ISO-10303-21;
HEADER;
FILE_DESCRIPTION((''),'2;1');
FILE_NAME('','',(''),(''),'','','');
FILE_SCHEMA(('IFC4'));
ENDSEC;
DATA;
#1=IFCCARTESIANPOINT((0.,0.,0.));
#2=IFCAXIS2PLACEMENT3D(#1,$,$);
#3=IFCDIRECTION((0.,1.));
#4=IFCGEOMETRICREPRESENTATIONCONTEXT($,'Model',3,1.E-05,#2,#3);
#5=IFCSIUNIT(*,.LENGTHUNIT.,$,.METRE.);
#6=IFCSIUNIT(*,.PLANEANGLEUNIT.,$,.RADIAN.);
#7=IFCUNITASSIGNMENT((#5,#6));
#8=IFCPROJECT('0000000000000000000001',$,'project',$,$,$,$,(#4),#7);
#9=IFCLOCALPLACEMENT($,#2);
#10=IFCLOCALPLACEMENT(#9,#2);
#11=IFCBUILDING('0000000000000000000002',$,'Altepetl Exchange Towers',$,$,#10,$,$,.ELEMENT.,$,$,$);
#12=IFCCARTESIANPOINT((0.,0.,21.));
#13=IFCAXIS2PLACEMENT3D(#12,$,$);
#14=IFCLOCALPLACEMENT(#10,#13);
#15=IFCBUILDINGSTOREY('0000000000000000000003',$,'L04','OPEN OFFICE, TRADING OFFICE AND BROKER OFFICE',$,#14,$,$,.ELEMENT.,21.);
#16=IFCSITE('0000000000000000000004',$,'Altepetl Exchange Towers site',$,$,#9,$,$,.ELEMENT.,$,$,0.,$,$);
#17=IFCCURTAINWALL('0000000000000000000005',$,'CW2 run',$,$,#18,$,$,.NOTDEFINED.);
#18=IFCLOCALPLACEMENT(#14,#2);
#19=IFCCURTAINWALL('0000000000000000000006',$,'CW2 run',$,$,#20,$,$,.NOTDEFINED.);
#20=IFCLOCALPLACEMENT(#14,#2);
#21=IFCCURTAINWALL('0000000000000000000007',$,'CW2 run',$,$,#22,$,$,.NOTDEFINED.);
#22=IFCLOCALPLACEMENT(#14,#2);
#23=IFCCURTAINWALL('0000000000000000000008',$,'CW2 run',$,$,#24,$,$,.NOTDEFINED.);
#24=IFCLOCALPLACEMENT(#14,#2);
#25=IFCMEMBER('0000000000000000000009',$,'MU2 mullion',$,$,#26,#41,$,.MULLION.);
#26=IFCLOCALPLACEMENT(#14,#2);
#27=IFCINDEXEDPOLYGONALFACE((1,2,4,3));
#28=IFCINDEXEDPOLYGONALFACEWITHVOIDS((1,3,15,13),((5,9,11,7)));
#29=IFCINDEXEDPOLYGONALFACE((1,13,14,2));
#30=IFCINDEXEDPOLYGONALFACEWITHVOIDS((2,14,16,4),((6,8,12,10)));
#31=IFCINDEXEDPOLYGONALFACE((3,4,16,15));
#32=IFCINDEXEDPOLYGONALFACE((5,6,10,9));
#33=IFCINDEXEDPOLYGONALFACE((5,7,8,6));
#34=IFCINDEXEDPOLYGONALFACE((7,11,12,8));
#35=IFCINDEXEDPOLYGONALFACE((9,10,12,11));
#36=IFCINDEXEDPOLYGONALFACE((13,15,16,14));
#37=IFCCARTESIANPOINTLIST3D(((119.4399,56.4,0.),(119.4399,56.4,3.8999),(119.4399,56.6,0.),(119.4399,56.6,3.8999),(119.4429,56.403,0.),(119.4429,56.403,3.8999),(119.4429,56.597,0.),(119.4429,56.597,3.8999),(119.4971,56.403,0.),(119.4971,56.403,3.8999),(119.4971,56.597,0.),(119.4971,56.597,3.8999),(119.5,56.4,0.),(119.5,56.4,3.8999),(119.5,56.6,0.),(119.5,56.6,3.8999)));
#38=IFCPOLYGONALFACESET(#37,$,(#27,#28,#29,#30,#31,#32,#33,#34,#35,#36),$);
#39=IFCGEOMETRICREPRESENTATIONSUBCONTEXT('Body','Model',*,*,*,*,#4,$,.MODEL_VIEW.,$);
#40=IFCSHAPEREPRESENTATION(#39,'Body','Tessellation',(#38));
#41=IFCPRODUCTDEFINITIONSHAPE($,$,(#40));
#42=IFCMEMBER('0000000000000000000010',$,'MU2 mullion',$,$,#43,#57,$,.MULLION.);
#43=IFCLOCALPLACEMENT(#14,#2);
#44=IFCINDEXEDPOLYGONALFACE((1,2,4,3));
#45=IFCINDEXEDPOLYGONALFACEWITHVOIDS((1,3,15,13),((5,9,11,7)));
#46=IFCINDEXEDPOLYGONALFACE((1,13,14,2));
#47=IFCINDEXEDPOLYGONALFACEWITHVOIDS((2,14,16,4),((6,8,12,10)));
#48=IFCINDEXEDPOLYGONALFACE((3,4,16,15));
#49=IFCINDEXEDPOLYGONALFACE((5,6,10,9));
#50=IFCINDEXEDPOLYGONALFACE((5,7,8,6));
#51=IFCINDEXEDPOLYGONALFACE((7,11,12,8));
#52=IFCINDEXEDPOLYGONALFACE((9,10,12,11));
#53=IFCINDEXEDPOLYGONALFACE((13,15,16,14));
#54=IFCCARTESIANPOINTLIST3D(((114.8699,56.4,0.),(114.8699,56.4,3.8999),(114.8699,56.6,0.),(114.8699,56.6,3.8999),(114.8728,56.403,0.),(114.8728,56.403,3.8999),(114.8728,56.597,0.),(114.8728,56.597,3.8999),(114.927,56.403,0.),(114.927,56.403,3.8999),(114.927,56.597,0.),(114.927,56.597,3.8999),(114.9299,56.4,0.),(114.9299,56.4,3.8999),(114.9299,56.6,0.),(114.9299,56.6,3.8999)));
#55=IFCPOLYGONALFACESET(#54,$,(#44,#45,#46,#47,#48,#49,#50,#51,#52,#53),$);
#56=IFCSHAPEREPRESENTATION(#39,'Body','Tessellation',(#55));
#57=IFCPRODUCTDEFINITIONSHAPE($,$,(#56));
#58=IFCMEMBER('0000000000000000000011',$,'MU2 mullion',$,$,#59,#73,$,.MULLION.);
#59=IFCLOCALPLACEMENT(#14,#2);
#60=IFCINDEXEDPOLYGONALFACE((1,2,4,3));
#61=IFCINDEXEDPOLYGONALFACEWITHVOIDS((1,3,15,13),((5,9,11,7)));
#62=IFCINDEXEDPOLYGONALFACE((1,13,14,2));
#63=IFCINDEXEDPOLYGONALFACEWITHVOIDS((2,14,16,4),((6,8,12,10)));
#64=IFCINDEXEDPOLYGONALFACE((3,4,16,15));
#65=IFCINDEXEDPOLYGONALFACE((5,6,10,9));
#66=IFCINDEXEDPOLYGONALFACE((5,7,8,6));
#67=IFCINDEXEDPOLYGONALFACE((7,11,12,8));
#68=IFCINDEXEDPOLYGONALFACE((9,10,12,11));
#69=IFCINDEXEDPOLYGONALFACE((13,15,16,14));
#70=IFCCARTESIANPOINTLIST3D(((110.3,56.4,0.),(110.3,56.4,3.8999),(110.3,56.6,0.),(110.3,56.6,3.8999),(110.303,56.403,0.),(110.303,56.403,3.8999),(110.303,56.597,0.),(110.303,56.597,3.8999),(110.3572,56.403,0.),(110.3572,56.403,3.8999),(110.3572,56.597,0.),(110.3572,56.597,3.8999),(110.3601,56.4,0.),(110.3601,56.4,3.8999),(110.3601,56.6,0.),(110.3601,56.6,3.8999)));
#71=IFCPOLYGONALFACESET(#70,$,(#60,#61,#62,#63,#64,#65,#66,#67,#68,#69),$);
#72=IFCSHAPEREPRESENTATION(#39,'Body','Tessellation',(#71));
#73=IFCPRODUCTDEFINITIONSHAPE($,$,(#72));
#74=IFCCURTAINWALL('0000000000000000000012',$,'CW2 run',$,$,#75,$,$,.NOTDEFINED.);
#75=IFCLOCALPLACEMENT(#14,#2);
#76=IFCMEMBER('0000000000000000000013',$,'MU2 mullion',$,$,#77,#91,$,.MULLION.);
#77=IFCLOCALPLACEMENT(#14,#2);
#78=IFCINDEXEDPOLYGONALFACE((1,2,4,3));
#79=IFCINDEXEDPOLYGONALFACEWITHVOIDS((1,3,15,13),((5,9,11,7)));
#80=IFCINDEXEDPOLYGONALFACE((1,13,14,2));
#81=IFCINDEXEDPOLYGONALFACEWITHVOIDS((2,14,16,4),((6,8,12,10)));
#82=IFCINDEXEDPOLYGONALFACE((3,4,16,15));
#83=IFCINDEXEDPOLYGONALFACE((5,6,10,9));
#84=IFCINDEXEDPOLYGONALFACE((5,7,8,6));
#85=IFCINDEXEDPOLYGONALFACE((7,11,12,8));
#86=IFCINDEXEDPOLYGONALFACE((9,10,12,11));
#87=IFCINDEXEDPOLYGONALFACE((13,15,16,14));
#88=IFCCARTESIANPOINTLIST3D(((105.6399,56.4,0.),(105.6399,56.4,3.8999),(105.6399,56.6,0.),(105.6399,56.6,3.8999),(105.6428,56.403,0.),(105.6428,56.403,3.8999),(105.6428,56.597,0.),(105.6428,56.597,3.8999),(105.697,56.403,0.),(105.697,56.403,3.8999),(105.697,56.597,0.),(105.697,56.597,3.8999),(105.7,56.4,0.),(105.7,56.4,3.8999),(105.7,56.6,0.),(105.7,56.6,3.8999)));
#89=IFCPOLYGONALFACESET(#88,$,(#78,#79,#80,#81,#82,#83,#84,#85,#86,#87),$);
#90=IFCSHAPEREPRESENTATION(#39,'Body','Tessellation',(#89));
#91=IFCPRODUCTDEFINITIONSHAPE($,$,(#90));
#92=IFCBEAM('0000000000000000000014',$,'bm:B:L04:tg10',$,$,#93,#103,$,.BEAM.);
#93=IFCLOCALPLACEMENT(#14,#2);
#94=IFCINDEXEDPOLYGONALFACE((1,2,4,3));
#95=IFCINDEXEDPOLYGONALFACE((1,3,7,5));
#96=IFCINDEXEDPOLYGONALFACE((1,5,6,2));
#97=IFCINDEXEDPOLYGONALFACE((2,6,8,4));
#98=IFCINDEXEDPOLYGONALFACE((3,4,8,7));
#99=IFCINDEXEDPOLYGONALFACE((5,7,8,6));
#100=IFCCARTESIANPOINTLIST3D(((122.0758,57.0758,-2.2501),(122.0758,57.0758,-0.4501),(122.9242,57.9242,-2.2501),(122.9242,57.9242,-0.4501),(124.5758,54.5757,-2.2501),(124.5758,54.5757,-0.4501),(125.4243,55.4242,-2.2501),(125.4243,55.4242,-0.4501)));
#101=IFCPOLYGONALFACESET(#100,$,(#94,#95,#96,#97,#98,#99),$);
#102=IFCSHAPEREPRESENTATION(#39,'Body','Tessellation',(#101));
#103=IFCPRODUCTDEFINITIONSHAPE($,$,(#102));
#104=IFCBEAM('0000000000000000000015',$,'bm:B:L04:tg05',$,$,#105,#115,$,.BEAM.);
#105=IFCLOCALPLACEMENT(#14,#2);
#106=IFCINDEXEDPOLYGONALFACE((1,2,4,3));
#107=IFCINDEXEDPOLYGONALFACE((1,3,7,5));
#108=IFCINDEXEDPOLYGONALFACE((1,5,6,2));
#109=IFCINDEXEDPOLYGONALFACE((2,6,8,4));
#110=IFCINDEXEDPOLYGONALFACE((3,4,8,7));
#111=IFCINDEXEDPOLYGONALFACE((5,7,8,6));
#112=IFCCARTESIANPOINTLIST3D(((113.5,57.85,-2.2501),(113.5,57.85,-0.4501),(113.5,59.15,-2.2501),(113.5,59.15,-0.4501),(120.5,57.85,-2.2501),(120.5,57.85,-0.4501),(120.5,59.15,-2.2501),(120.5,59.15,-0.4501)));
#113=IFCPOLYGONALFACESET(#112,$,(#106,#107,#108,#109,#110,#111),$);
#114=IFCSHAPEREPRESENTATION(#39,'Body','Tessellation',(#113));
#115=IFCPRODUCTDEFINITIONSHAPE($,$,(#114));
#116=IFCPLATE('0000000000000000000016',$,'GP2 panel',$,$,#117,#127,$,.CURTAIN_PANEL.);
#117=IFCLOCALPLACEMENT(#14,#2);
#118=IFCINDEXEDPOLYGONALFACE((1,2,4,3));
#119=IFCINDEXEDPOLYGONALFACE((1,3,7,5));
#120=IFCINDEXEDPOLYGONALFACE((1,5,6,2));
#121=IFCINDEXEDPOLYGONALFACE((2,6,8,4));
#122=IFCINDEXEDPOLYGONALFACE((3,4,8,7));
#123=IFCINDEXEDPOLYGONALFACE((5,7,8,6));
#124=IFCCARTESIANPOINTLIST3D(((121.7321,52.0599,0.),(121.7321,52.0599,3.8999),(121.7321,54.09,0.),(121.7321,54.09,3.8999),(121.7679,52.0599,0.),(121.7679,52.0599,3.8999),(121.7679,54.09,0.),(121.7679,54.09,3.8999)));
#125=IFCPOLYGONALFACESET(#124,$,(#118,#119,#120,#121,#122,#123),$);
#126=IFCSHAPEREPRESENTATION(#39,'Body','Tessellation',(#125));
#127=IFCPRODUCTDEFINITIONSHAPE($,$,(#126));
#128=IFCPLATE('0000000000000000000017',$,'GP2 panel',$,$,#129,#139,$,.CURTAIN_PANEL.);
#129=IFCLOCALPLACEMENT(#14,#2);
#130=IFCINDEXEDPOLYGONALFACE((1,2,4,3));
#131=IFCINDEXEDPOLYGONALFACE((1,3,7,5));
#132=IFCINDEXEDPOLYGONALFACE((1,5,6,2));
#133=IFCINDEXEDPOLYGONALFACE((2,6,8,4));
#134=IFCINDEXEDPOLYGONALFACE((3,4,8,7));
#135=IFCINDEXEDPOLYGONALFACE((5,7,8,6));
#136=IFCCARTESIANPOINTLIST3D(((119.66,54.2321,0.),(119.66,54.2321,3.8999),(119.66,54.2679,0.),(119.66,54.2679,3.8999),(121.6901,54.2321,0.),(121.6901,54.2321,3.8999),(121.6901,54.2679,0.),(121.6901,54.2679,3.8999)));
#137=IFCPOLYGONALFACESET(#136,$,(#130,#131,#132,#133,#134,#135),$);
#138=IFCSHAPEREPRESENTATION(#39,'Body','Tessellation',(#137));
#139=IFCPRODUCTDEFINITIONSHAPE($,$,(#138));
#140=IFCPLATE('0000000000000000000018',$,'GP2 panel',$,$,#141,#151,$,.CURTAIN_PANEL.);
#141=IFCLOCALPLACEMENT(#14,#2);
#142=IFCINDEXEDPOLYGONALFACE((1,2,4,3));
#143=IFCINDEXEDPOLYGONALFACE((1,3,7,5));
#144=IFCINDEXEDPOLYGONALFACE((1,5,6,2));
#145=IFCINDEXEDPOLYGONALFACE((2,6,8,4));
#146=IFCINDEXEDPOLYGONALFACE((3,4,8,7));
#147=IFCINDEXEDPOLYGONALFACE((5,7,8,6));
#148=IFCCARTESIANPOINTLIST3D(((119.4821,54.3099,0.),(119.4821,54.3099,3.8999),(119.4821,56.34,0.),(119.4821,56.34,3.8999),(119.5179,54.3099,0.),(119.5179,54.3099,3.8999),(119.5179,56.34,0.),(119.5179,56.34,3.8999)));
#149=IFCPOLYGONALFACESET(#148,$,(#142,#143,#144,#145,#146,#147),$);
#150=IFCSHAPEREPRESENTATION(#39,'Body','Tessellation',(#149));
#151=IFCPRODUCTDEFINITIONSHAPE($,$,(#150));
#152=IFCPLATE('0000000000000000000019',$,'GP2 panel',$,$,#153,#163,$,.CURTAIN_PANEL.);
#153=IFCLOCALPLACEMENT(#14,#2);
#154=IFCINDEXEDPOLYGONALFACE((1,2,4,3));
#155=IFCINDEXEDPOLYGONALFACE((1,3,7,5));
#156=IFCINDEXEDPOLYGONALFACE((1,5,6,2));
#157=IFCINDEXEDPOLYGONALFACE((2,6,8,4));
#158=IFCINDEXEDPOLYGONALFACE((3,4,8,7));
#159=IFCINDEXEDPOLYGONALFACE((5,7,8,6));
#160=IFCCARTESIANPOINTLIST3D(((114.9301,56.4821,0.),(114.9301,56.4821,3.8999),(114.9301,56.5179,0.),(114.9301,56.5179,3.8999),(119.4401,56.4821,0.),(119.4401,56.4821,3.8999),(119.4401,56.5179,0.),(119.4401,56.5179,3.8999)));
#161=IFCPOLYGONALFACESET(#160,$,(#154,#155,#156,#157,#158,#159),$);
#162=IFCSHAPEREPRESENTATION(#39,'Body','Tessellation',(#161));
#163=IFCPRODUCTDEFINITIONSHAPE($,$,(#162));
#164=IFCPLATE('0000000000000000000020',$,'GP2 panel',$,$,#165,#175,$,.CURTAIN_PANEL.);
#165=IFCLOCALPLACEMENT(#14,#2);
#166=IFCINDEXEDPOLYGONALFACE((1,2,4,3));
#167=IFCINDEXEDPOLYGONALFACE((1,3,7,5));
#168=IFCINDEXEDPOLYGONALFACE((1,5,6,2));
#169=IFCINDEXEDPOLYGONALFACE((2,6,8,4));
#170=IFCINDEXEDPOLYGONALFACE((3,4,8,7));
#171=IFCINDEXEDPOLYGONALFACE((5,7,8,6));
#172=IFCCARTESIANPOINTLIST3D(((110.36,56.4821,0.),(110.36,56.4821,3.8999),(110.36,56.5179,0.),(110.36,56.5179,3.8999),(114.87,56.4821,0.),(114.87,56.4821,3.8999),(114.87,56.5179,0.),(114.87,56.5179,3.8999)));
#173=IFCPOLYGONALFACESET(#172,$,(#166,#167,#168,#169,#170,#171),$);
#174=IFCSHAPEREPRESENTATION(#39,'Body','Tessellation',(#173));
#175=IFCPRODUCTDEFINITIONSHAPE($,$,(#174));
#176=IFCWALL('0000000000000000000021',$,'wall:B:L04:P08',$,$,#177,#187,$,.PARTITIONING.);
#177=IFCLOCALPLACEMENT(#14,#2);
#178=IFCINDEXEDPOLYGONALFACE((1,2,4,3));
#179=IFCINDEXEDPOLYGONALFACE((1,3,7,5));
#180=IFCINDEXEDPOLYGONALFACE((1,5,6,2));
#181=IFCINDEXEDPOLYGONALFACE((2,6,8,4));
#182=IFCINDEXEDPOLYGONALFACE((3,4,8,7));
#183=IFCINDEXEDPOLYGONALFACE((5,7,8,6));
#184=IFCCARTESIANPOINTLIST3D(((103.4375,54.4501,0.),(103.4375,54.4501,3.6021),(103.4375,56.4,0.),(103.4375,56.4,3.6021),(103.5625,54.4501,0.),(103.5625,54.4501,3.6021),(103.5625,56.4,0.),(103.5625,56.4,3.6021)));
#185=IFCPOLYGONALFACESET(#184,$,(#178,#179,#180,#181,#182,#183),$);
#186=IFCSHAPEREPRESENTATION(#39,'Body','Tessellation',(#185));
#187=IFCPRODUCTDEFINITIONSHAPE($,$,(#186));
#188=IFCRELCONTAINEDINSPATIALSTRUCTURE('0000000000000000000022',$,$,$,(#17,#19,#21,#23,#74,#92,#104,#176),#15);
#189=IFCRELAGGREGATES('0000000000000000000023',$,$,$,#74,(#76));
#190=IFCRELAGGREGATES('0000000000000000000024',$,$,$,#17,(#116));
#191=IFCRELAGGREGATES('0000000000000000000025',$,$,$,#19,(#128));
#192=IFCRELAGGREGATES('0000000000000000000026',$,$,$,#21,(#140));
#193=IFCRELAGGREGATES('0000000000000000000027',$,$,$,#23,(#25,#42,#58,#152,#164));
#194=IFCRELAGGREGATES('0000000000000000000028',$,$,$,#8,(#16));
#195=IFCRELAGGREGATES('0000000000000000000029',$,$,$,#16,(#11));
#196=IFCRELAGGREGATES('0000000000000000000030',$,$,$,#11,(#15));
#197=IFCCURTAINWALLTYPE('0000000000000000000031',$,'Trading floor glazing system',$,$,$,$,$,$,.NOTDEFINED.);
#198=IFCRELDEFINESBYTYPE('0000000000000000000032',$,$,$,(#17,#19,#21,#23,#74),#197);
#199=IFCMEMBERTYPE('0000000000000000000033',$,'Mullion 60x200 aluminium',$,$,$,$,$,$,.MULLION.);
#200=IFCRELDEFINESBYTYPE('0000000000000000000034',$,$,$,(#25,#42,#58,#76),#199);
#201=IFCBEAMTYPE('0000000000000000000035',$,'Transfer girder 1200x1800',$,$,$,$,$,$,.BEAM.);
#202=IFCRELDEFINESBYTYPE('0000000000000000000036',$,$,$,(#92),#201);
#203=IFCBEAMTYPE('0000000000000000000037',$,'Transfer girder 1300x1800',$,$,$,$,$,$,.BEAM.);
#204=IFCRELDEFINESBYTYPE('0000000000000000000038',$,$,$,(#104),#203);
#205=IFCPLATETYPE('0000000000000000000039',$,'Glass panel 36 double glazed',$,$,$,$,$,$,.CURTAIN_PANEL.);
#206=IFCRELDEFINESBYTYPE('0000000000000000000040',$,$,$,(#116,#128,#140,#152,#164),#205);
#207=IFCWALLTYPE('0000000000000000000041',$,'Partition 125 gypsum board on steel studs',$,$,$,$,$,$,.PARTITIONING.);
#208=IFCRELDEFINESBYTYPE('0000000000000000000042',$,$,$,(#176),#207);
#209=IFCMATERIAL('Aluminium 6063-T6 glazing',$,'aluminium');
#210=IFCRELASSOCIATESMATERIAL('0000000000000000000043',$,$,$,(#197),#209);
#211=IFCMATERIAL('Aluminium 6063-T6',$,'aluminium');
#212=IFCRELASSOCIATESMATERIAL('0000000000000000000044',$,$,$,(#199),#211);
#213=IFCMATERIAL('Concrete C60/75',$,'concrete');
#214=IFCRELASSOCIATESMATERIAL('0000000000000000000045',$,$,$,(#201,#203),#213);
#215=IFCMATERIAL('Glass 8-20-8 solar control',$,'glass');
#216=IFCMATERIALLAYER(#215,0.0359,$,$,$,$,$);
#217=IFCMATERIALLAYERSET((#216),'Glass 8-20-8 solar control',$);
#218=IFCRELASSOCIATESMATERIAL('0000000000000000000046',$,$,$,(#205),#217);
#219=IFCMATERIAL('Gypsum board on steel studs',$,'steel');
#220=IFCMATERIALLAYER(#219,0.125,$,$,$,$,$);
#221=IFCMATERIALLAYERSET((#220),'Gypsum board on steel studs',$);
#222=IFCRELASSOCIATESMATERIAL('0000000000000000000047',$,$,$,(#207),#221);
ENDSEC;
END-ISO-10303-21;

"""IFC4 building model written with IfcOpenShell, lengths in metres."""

from ifc_helpers import new_model, si_unit, direction, frame, frame_2d, origin, origin_2d, place, context, subcontext, project, spatial, rectangle, hollow_rectangle, extrude, material, layer, layer_set, material_profile, profile_set, type_object, element, aggregate, save


model = new_model("IFC4")

# Units and contexts
model_context = context("Model", 3, precision=1e-05, world=origin(), true_north=direction((0.0, 1.0)))
body_context = subcontext(model_context, "Body", "Model", "MODEL_VIEW")
ifc_project = project(units=[si_unit("LENGTHUNIT", "METRE"), si_unit("PLANEANGLEUNIT", "RADIAN")], contexts=[model_context])

# Site, building, storey
site_placement = place(None, origin())
site = spatial("IfcSite", under=ifc_project, at=site_placement, Name="Altepetl Exchange Towers site", CompositionType="ELEMENT", RefElevation=0.0)
building_placement = place(site_placement, origin())
building = spatial("IfcBuilding", under=site, at=building_placement, Name="Altepetl Exchange Towers", CompositionType="ELEMENT")
storey_placement = place(building_placement, frame((0.0, 0.0, 21.0)))
storey = spatial("IfcBuildingStorey", under=building, at=storey_placement, Name="L04", Description="OPEN OFFICE, TRADING OFFICE AND BROKER OFFICE", CompositionType="ELEMENT", Elevation=21.0)

# Shared definitions
ifc_material_1 = material(Name="Aluminium 6063-T6 glazing", Category="aluminium")
curtain_wall_type = type_object("IfcCurtainWallType", Name="Trading floor glazing system", PredefinedType="NOTDEFINED", material=ifc_material_1)
ifc_material_2 = material(Name="Aluminium 6063-T6", Category="aluminium")
ifc_material_profile_1 = material_profile(ifc_material_2, hollow_rectangle(XDim=0.0601, YDim=0.2, WallThickness=0.0029, at=origin_2d()), Name="Mullion 60x200 aluminium")
ifc_profile_set_1 = profile_set([ifc_material_profile_1], Name="Aluminium 6063-T6")
member_type = type_object("IfcMemberType", Name="Mullion 60x200 aluminium", PredefinedType="MULLION", material=ifc_profile_set_1)

# Curtain walls, members
curtain_wall_1_placement = place(storey_placement, origin())
curtain_wall_1 = element("IfcCurtainWall", 1, at=curtain_wall_1_placement, inside=storey, type_object=curtain_wall_type, Name="CW2 run", PredefinedType="NOTDEFINED")
curtain_wall_2_placement = place(storey_placement, origin())
curtain_wall_2 = element("IfcCurtainWall", 2, at=curtain_wall_2_placement, inside=storey, type_object=curtain_wall_type, Name="CW2 run", PredefinedType="NOTDEFINED")
curtain_wall_3_placement = place(storey_placement, origin())
curtain_wall_3 = element("IfcCurtainWall", 3, at=curtain_wall_3_placement, inside=storey, type_object=curtain_wall_type, Name="CW2 run", PredefinedType="NOTDEFINED")
curtain_wall_4_placement = place(storey_placement, origin())
curtain_wall_4 = element("IfcCurtainWall", 4, at=curtain_wall_4_placement, inside=storey, type_object=curtain_wall_type, Name="CW2 run", PredefinedType="NOTDEFINED")
member_1_placement = place(storey_placement, frame((119.47, 56.5, 0.0), z_axis=(0.0, 0.0, 1.0), x_axis=(-1.0, 0.0, 0.0)))
member_1 = element("IfcMember", 5, at=member_1_placement, type_object=member_type, Name="MU2 mullion", PredefinedType="MULLION", context=body_context, shape_type="SweptSolid", body=[
    extrude(hollow_rectangle(XDim=0.0601, YDim=0.2, WallThickness=0.0029, at=origin_2d()), origin(), (0.0, 0.0, 1.0), 3.8999),
])
member_2_placement = place(storey_placement, frame((114.8999, 56.5, 0.0), z_axis=(0.0, 0.0, 1.0), x_axis=(-1.0, 0.0, 0.0)))
member_2 = element("IfcMember", 6, at=member_2_placement, type_object=member_type, Name="MU2 mullion", PredefinedType="MULLION", context=body_context, shape_type="SweptSolid", body=[
    extrude(hollow_rectangle(XDim=0.0601, YDim=0.2, WallThickness=0.0029, at=origin_2d()), origin(), (0.0, 0.0, 1.0), 3.8999),
])
member_3_placement = place(storey_placement, frame((110.3301, 56.5, 0.0), z_axis=(0.0, 0.0, 1.0), x_axis=(-1.0, 0.0, 0.0)))
member_3 = element("IfcMember", 7, at=member_3_placement, type_object=member_type, Name="MU2 mullion", PredefinedType="MULLION", context=body_context, shape_type="SweptSolid", body=[
    extrude(hollow_rectangle(XDim=0.0601, YDim=0.2, WallThickness=0.0029, at=origin_2d()), origin(), (0.0, 0.0, 1.0), 3.8999),
])

# Curtain wall, member
curtain_wall_5_placement = place(storey_placement, origin())
curtain_wall_5 = element("IfcCurtainWall", 8, at=curtain_wall_5_placement, inside=storey, type_object=curtain_wall_type, Name="CW2 run", PredefinedType="NOTDEFINED")
member_4_placement = place(storey_placement, frame((105.6699, 56.5, 0.0), z_axis=(0.0, 0.0, 1.0), x_axis=(-1.0, 0.0, 0.0)))
member_4 = element("IfcMember", 9, at=member_4_placement, type_object=member_type, Name="MU2 mullion", PredefinedType="MULLION", context=body_context, shape_type="SweptSolid", body=[
    extrude(hollow_rectangle(XDim=0.0601, YDim=0.2, WallThickness=0.0029, at=origin_2d()), origin(), (0.0, 0.0, 1.0), 3.8999),
])
aggregate(curtain_wall_5, [member_4])

# Beams
ifc_material_3 = material(Name="Concrete C60/75", Category="concrete")
ifc_material_profile_2 = material_profile(ifc_material_3, rectangle(XDim=1.2, YDim=1.8, at=origin_2d()), Name="1200 x 1800")
ifc_profile_set_2 = profile_set([ifc_material_profile_2], Name="Concrete C60/75")
beam_type_1 = type_object("IfcBeamType", Name="Transfer girder 1200x1800", PredefinedType="BEAM", material=ifc_profile_set_2)
beam_1_placement = place(storey_placement, frame((122.5, 57.5, -1.3501), z_axis=(0.707107, -0.707107, 0.0), x_axis=(0.707107, 0.707107, 0.0)))
element("IfcBeam", 10, at=beam_1_placement, inside=storey, type_object=beam_type_1, Name="bm:B:L04:tg10", PredefinedType="BEAM", context=body_context, shape_type="SweptSolid", body=[
    extrude(rectangle(XDim=1.2, YDim=1.8, at=origin_2d()), origin(), (0.0, 0.0, 1.0), 3.5356),
])
ifc_material_profile_3 = material_profile(ifc_material_3, rectangle(XDim=1.3, YDim=1.8, at=origin_2d()), Name="1300 x 1800")
ifc_profile_set_3 = profile_set([ifc_material_profile_3], Name="Concrete C60/75")
beam_type_2 = type_object("IfcBeamType", Name="Transfer girder 1300x1800", PredefinedType="BEAM", material=ifc_profile_set_3)
beam_2_placement = place(storey_placement, frame((113.5, 58.5, -1.3501), z_axis=(1.0, 0.0, 0.0), x_axis=(0.0, 1.0, 0.0)))
element("IfcBeam", 11, at=beam_2_placement, inside=storey, type_object=beam_type_2, Name="bm:B:L04:tg05", PredefinedType="BEAM", context=body_context, shape_type="SweptSolid", body=[
    extrude(rectangle(XDim=1.3, YDim=1.8, at=origin_2d()), origin(), (0.0, 0.0, 1.0), 7.0),
])

# Plates
ifc_material_4 = material(Name="Glass 8-20-8 solar control", Category="glass")
ifc_layer_1 = layer(ifc_material_4, 0.0359)
ifc_layer_set_1 = layer_set([ifc_layer_1], Name="Glass 8-20-8 solar control")
plate_type = type_object("IfcPlateType", Name="Glass panel 36 double glazed", PredefinedType="CURTAIN_PANEL", material=ifc_layer_set_1)
plate_1_placement = place(storey_placement, frame((121.75, 53.075, 0.0), z_axis=(0.0, 0.0, 1.0), x_axis=(0.0, 1.0, 0.0)))
plate_1 = element("IfcPlate", 12, at=plate_1_placement, type_object=plate_type, Name="GP2 panel", PredefinedType="CURTAIN_PANEL", context=body_context, shape_type="SweptSolid", body=[
    extrude(rectangle(XDim=2.03, YDim=0.0359, at=origin_2d()), origin(), (0.0, 0.0, 1.0), 3.8999),
])
aggregate(curtain_wall_1, [plate_1])
plate_2_placement = place(storey_placement, frame((120.675, 54.25, 0.0), z_axis=(0.0, 0.0, 1.0), x_axis=(-1.0, 0.0, 0.0)))
plate_2 = element("IfcPlate", 13, at=plate_2_placement, type_object=plate_type, Name="GP2 panel", PredefinedType="CURTAIN_PANEL", context=body_context, shape_type="SweptSolid", body=[
    extrude(rectangle(XDim=2.03, YDim=0.0359, at=origin_2d()), origin(), (0.0, 0.0, 1.0), 3.8999),
])
aggregate(curtain_wall_2, [plate_2])
plate_3_placement = place(storey_placement, frame((119.5, 55.325, 0.0), z_axis=(0.0, 0.0, 1.0), x_axis=(0.0, 1.0, 0.0)))
plate_3 = element("IfcPlate", 14, at=plate_3_placement, type_object=plate_type, Name="GP2 panel", PredefinedType="CURTAIN_PANEL", context=body_context, shape_type="SweptSolid", body=[
    extrude(rectangle(XDim=2.03, YDim=0.0359, at=origin_2d()), origin(), (0.0, 0.0, 1.0), 3.8999),
])
aggregate(curtain_wall_3, [plate_3])
plate_4_placement = place(storey_placement, frame((117.1851, 56.5, 0.0), z_axis=(0.0, 0.0, 1.0), x_axis=(-1.0, 0.0, 0.0)))
plate_4 = element("IfcPlate", 15, at=plate_4_placement, type_object=plate_type, Name="GP2 panel", PredefinedType="CURTAIN_PANEL", context=body_context, shape_type="SweptSolid", body=[
    extrude(rectangle(XDim=4.51, YDim=0.0359, at=origin_2d()), origin(), (0.0, 0.0, 1.0), 3.8999),
])
plate_5_placement = place(storey_placement, frame((112.615, 56.5, 0.0), z_axis=(0.0, 0.0, 1.0), x_axis=(-1.0, 0.0, 0.0)))
plate_5 = element("IfcPlate", 16, at=plate_5_placement, type_object=plate_type, Name="GP2 panel", PredefinedType="CURTAIN_PANEL", context=body_context, shape_type="SweptSolid", body=[
    extrude(rectangle(XDim=4.51, YDim=0.0359, at=origin_2d()), origin(), (0.0, 0.0, 1.0), 3.8999),
])
aggregate(curtain_wall_4, [member_1, member_2, member_3, plate_4, plate_5])

# Wall
ifc_material_5 = material(Name="Gypsum board on steel studs", Category="steel")
ifc_layer_2 = layer(ifc_material_5, 0.125)
ifc_layer_set_2 = layer_set([ifc_layer_2], Name="Gypsum board on steel studs")
wall_type_1 = type_object("IfcWallType", Name="Partition 125 gypsum board on steel studs", PredefinedType="PARTITIONING", material=ifc_layer_set_2)
wall_1_placement = place(storey_placement, frame((103.5, 54.45, 0.0), z_axis=(0.0, 0.0, 1.0), x_axis=(0.0, 1.0, 0.0)))
element("IfcWall", 17, at=wall_1_placement, inside=storey, type_object=wall_type_1, Name="wall:B:L04:P08", PredefinedType="PARTITIONING", context=body_context, shape_type="SweptSolid", body=[
    extrude(rectangle(XDim=1.95, YDim=0.125, at=frame_2d((0.9751, 0.0))), origin(), (0.0, 0.0, 1.0), 3.6021),
])

save(model, "model.ifc")
